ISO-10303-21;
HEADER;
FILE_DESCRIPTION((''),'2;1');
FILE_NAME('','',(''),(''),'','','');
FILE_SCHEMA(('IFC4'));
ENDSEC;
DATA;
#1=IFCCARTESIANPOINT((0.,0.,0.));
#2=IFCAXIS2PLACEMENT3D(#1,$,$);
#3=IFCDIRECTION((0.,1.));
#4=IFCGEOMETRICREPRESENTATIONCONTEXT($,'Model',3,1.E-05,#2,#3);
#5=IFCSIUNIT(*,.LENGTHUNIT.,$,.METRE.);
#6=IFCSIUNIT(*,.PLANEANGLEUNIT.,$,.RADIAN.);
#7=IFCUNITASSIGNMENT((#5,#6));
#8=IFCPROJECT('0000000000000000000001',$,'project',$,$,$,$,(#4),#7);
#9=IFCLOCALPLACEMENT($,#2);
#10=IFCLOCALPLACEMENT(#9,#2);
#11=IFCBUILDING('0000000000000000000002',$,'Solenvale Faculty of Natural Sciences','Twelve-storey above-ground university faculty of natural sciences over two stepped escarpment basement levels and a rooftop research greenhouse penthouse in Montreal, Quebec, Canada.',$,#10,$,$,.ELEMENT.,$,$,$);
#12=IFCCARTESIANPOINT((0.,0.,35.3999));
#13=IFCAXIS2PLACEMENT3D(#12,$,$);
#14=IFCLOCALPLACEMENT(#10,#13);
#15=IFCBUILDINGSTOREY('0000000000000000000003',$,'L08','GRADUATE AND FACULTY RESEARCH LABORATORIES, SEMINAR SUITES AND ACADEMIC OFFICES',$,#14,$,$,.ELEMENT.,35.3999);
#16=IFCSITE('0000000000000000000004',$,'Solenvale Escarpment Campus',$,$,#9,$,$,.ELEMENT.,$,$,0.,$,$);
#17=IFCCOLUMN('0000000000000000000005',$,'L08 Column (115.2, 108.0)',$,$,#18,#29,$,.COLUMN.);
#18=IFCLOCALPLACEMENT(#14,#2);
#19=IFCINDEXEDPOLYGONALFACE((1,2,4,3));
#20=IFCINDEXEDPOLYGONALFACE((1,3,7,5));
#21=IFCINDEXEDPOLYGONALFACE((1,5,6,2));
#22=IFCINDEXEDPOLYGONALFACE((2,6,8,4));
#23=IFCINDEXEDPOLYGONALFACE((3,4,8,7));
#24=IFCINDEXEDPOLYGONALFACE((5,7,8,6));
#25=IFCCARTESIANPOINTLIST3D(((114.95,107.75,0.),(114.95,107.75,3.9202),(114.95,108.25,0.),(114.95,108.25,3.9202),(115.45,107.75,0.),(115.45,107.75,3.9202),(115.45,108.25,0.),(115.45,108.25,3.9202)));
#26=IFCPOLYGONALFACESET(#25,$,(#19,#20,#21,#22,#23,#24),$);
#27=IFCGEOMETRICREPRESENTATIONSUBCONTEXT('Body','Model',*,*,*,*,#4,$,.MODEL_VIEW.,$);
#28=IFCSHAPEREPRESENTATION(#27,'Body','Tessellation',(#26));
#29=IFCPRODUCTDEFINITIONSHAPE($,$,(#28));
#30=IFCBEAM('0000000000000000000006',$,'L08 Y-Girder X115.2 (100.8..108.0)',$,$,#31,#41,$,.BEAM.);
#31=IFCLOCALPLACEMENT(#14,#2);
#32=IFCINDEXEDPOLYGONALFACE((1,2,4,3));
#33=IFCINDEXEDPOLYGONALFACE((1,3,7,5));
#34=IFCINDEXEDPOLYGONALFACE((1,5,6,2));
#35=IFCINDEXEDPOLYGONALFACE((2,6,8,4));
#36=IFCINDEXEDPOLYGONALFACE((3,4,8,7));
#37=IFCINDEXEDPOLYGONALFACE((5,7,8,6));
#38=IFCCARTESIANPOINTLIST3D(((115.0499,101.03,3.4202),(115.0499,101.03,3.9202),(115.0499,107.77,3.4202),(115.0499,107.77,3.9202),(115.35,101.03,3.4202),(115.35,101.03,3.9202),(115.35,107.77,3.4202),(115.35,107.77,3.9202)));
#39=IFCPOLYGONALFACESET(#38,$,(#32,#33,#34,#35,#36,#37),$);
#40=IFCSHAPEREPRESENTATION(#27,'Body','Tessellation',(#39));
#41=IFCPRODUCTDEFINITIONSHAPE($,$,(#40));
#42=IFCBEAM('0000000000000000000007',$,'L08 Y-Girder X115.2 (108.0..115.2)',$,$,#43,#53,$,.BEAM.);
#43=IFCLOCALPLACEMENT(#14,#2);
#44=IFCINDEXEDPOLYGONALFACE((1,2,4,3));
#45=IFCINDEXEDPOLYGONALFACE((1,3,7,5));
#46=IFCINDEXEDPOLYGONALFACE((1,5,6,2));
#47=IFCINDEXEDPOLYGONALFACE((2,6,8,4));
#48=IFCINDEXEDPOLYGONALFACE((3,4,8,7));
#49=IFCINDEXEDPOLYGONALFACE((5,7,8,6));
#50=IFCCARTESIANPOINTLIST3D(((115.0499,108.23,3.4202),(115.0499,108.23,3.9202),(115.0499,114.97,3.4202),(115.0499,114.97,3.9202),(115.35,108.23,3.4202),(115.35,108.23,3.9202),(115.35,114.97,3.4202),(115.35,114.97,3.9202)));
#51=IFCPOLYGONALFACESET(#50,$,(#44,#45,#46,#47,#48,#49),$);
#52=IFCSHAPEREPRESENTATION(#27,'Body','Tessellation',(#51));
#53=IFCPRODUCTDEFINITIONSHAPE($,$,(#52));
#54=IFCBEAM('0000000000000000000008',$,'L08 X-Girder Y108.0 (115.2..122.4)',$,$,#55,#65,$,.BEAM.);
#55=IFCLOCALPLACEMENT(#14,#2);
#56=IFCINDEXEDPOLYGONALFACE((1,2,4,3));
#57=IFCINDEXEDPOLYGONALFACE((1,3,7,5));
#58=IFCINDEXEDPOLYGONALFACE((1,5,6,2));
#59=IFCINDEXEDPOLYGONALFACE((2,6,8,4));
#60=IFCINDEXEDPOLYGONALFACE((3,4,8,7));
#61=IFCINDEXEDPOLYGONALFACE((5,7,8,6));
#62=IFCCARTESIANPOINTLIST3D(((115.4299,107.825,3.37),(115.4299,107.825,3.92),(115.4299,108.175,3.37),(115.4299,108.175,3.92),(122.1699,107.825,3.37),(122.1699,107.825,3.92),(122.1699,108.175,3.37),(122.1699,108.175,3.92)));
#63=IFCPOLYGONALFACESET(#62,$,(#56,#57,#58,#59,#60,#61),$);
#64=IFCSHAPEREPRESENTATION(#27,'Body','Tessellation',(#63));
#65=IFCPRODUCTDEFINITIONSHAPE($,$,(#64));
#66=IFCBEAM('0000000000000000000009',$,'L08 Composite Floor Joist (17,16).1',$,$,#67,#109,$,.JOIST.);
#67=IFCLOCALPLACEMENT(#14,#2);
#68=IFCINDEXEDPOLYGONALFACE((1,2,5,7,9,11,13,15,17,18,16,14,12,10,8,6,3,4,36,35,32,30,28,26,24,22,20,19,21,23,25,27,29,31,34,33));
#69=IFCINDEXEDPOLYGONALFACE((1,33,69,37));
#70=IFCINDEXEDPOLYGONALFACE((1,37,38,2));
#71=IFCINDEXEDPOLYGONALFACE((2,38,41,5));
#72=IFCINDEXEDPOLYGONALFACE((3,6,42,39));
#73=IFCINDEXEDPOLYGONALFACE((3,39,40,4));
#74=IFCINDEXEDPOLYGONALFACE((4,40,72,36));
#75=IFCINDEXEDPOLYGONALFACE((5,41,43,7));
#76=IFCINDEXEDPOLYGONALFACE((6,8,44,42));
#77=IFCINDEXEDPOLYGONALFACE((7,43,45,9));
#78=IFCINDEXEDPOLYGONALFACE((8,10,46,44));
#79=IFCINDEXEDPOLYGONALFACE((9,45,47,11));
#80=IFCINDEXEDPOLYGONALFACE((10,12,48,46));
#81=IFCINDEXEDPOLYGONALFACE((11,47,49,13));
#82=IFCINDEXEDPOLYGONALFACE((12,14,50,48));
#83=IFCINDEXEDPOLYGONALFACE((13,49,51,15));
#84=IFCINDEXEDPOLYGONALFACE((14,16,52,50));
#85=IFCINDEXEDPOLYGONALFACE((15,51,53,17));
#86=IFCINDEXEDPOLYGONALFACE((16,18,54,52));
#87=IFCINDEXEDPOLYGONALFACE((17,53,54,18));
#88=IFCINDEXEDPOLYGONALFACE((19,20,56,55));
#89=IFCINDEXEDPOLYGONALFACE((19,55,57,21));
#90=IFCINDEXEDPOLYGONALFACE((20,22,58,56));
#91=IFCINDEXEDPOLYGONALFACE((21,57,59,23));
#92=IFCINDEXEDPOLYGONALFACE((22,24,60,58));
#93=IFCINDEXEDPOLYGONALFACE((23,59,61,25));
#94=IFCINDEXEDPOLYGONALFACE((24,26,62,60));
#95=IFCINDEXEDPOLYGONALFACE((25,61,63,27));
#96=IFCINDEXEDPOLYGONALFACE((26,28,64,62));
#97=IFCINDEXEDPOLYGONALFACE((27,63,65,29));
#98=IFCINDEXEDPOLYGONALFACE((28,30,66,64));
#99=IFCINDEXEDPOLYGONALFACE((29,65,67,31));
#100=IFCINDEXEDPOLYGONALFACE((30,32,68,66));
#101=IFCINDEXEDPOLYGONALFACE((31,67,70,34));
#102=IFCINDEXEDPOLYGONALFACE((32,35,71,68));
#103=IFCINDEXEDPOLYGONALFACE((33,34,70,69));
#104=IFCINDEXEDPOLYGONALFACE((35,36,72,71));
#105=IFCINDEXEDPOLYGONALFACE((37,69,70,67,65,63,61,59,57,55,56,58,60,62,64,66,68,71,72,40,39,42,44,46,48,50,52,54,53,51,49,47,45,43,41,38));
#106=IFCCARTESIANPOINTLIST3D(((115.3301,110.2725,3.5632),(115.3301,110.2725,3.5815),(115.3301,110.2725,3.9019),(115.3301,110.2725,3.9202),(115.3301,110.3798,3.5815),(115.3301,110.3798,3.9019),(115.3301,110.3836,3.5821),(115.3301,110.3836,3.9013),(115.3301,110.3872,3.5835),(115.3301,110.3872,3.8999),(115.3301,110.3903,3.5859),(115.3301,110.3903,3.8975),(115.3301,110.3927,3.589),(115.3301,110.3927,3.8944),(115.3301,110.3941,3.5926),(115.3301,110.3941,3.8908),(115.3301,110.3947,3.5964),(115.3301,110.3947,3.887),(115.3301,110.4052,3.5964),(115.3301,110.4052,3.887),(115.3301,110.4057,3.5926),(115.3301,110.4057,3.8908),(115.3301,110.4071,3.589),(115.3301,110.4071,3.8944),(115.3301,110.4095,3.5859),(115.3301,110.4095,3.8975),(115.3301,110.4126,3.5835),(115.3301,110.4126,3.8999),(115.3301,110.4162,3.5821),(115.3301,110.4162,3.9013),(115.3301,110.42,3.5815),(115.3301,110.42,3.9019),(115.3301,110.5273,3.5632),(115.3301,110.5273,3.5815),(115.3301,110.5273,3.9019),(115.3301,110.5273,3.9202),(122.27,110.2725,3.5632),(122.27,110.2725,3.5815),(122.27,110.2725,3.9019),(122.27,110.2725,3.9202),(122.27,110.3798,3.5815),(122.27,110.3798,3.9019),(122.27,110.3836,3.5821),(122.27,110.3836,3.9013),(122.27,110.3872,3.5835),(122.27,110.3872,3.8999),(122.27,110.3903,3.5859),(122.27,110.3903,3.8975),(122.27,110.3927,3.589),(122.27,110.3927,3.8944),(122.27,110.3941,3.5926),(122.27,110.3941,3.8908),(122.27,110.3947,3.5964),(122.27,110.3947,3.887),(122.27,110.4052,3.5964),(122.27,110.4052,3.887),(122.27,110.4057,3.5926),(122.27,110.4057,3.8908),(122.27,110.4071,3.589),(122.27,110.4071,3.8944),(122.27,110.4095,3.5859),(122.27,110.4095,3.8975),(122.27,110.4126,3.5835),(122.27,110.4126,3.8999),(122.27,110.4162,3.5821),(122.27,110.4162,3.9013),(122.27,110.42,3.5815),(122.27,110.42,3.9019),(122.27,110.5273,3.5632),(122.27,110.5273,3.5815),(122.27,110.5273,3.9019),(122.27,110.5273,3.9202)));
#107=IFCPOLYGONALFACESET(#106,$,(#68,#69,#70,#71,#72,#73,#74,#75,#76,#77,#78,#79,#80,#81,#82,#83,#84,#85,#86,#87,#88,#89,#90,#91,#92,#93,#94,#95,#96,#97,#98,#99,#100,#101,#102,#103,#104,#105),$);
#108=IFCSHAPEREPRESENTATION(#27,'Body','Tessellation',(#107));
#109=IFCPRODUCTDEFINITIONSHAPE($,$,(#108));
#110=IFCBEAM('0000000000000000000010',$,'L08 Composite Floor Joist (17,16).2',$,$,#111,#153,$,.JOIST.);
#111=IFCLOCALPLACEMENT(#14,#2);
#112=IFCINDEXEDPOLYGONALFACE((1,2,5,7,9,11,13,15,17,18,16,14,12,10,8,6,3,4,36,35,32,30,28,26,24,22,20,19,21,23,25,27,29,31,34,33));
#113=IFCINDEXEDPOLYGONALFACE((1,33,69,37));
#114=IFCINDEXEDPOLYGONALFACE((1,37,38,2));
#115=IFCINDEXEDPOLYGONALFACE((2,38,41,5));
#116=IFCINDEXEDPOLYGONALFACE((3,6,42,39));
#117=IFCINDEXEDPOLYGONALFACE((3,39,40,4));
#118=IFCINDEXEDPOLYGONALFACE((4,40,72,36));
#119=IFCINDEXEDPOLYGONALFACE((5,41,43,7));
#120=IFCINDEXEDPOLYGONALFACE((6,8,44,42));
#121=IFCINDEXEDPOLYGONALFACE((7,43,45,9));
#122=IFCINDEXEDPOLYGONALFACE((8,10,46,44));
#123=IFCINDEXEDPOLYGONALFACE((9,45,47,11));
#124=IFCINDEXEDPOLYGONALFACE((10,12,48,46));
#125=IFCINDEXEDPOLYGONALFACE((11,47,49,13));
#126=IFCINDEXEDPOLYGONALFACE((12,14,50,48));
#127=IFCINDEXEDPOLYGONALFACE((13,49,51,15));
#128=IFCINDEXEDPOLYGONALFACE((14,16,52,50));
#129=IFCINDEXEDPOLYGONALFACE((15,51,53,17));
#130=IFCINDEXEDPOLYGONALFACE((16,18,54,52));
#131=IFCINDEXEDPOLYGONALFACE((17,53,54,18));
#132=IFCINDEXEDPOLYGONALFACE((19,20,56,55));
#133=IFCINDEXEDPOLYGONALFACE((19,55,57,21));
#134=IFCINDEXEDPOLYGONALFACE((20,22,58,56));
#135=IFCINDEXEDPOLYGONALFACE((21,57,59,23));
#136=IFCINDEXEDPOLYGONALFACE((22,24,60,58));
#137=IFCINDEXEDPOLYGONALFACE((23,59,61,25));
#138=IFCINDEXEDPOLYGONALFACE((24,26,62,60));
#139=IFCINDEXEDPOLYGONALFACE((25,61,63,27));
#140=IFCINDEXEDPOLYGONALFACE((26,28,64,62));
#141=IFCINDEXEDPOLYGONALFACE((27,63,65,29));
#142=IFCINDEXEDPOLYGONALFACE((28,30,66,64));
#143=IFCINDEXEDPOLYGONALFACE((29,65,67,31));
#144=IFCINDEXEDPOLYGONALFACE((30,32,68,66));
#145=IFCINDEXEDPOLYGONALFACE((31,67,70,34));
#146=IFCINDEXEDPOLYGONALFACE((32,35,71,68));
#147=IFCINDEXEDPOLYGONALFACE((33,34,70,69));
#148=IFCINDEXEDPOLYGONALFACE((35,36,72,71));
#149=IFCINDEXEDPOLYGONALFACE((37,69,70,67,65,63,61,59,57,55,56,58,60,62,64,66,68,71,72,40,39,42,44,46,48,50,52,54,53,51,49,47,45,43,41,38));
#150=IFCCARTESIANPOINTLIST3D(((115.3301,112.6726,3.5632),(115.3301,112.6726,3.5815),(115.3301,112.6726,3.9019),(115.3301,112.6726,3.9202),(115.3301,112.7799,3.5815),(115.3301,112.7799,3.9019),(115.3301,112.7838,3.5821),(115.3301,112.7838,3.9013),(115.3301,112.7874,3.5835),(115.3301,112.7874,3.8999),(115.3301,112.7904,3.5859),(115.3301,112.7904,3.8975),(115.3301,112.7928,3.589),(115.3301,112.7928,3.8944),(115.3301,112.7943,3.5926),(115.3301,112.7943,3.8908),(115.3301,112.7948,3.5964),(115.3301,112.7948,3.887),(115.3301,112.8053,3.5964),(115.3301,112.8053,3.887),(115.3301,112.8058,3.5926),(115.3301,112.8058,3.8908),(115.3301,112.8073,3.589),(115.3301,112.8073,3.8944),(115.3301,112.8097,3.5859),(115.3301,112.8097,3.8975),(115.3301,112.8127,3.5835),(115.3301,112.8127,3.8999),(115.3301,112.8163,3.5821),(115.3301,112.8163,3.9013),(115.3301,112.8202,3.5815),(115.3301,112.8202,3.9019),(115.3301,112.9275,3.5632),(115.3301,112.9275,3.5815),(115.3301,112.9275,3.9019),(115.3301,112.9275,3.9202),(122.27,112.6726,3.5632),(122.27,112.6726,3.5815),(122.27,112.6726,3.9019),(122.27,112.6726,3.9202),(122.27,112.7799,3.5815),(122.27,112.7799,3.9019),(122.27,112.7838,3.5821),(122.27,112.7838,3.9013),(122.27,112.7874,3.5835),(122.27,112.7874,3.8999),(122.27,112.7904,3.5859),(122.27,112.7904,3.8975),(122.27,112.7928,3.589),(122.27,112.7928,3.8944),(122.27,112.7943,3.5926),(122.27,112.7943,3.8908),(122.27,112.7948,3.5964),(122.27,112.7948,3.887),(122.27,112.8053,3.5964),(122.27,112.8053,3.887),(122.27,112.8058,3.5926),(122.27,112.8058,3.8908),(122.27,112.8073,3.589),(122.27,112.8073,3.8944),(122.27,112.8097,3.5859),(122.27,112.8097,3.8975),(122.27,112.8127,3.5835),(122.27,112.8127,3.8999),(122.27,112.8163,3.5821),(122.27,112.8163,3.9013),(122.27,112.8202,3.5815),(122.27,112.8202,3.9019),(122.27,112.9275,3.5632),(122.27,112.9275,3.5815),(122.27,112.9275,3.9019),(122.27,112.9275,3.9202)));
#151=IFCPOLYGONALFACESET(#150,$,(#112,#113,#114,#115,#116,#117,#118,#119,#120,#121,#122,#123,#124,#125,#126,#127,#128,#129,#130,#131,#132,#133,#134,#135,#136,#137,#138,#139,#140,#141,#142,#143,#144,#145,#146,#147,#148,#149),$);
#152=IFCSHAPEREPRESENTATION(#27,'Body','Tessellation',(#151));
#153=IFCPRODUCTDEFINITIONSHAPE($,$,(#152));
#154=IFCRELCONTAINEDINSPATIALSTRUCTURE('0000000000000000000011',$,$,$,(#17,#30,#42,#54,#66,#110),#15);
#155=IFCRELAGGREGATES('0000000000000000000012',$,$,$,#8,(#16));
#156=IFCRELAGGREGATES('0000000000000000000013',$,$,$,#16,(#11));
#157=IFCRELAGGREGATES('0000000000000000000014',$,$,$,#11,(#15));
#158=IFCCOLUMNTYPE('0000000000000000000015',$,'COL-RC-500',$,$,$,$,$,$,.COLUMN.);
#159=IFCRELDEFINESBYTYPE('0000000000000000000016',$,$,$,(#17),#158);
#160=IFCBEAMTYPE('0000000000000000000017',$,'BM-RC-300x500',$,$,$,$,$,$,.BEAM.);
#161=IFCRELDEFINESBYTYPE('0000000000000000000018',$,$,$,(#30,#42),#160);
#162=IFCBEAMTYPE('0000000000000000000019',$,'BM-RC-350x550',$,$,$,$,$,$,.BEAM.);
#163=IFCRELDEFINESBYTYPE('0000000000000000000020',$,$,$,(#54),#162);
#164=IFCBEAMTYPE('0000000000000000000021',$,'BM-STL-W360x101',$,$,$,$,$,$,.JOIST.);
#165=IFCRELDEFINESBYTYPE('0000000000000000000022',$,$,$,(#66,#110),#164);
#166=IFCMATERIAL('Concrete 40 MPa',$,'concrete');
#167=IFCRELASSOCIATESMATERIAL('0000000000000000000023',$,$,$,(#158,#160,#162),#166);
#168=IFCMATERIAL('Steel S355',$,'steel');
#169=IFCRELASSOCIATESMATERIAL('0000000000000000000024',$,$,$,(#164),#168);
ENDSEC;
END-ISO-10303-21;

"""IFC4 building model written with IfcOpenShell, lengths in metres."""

from ifc_helpers import new_model, si_unit, direction, frame, origin, origin_2d, place, context, subcontext, project, spatial, rectangle, i_section, extrude, material, material_profile, profile_set, type_object, element, save


model = new_model("IFC4")

# Units and contexts
model_context = context("Model", 3, precision=1e-05, world=origin(), true_north=direction((0.0, 1.0)))
body_context = subcontext(model_context, "Body", "Model", "MODEL_VIEW")
ifc_project = project(units=[si_unit("LENGTHUNIT", "METRE"), si_unit("PLANEANGLEUNIT", "RADIAN")], contexts=[model_context])

# Site, building, storey
site_placement = place(None, origin())
site = spatial("IfcSite", under=ifc_project, at=site_placement, Name="Solenvale Escarpment Campus", CompositionType="ELEMENT", RefElevation=0.0)
building_placement = place(site_placement, origin())
building = spatial("IfcBuilding", under=site, at=building_placement, Name="Solenvale Faculty of Natural Sciences", Description="Twelve-storey above-ground university faculty of natural sciences over two stepped escarpment basement levels and a rooftop research greenhouse penthouse in Montreal, Quebec, Canada.", CompositionType="ELEMENT")
storey_placement = place(building_placement, frame((0.0, 0.0, 35.3999)))
storey = spatial("IfcBuildingStorey", under=building, at=storey_placement, Name="L08", Description="GRADUATE AND FACULTY RESEARCH LABORATORIES, SEMINAR SUITES AND ACADEMIC OFFICES", CompositionType="ELEMENT", Elevation=35.3999)

# Column
ifc_material_1 = material(Name="Concrete 40 MPa", Category="concrete")
ifc_material_profile_1 = material_profile(ifc_material_1, rectangle(XDim=0.5, YDim=0.5, at=origin_2d()), Name="RC-COL-500x500")
ifc_profile_set_1 = profile_set([ifc_material_profile_1], Name="Concrete 40 MPa")
column_type = type_object("IfcColumnType", Name="COL-RC-500", PredefinedType="COLUMN", material=ifc_profile_set_1)
column_placement = place(storey_placement, frame((115.2, 108.0, 0.0), z_axis=(0.0, 0.0, 1.0), x_axis=(1.0, 0.0, 0.0)))
element("IfcColumn", 1, at=column_placement, inside=storey, type_object=column_type, Name="L08 Column (115.2, 108.0)", PredefinedType="COLUMN", context=body_context, shape_type="SweptSolid", body=[
    extrude(rectangle(XDim=0.5, YDim=0.5, at=origin_2d()), origin(), (0.0, 0.0, 1.0), 3.9202),
])

# Beams
ifc_material_profile_2 = material_profile(ifc_material_1, rectangle(XDim=0.3, YDim=0.5, at=origin_2d()), Name="RC-BM-300x500")
ifc_profile_set_2 = profile_set([ifc_material_profile_2], Name="Concrete 40 MPa")
beam_type_1 = type_object("IfcBeamType", Name="BM-RC-300x500", PredefinedType="BEAM", material=ifc_profile_set_2)
for number, where, z_axis, x_axis, name in (
    (2, (115.2, 101.03, 3.6702), (0.0, 1.0, 0.0), (-1.0, 0.0, 0.0), "L08 Y-Girder X115.2 (100.8..108.0)"),
    (3, (115.2, 108.23, 3.6702), (0.0, 1.0, 0.0), (-1.0, 0.0, 0.0), "L08 Y-Girder X115.2 (108.0..115.2)"),
):
    element("IfcBeam", number, at=place(storey_placement, frame(where, z_axis=z_axis, x_axis=x_axis)), inside=storey, type_object=beam_type_1, Name=name, PredefinedType="BEAM", context=body_context, shape_type="SweptSolid", body=[
        extrude(rectangle(XDim=0.3, YDim=0.5, at=origin_2d()), origin(), (0.0, 0.0, 1.0), 6.74),
    ])
ifc_material_profile_3 = material_profile(ifc_material_1, rectangle(XDim=0.3501, YDim=0.55, at=origin_2d()), Name="RC-BM-350x550")
ifc_profile_set_3 = profile_set([ifc_material_profile_3], Name="Concrete 40 MPa")
beam_type_2 = type_object("IfcBeamType", Name="BM-RC-350x550", PredefinedType="BEAM", material=ifc_profile_set_3)
beam_placement = place(storey_placement, frame((115.4299, 108.0, 3.645), z_axis=(1.0, 0.0, 0.0), x_axis=(0.0, 1.0, 0.0)))
element("IfcBeam", 4, at=beam_placement, inside=storey, type_object=beam_type_2, Name="L08 X-Girder Y108.0 (115.2..122.4)", PredefinedType="BEAM", context=body_context, shape_type="SweptSolid", body=[
    extrude(rectangle(XDim=0.3501, YDim=0.55, at=origin_2d()), origin(), (0.0, 0.0, 1.0), 6.74),
])
ifc_material_2 = material(Name="Steel S355", Category="steel")
ifc_material_profile_4 = material_profile(ifc_material_2, i_section(OverallWidth=0.2549, OverallDepth=0.3569, WebThickness=0.0105, FlangeThickness=0.0183, FilletRadius=0.0149, at=origin_2d()), Name="W360x101")
ifc_profile_set_4 = profile_set([ifc_material_profile_4], Name="Steel S355")
beam_type_3 = type_object("IfcBeamType", Name="BM-STL-W360x101", PredefinedType="JOIST", material=ifc_profile_set_4)
for number, where, z_axis, x_axis, name in (
    (5, (115.3301, 110.3999, 3.7417), (1.0, 0.0, 0.0), (0.0, 1.0, 0.0), "L08 Composite Floor Joist (17,16).1"),
    (6, (115.3301, 112.8, 3.7417), (1.0, 0.0, 0.0), (0.0, 1.0, 0.0), "L08 Composite Floor Joist (17,16).2"),
):
    element("IfcBeam", number, at=place(storey_placement, frame(where, z_axis=z_axis, x_axis=x_axis)), inside=storey, type_object=beam_type_3, Name=name, PredefinedType="JOIST", context=body_context, shape_type="SweptSolid", body=[
        extrude(i_section(OverallWidth=0.2549, OverallDepth=0.3569, WebThickness=0.0105, FlangeThickness=0.0183, FilletRadius=0.0149, at=origin_2d()), origin(), (0.0, 0.0, 1.0), 6.9399),
    ])

save(model, "model.ifc")
